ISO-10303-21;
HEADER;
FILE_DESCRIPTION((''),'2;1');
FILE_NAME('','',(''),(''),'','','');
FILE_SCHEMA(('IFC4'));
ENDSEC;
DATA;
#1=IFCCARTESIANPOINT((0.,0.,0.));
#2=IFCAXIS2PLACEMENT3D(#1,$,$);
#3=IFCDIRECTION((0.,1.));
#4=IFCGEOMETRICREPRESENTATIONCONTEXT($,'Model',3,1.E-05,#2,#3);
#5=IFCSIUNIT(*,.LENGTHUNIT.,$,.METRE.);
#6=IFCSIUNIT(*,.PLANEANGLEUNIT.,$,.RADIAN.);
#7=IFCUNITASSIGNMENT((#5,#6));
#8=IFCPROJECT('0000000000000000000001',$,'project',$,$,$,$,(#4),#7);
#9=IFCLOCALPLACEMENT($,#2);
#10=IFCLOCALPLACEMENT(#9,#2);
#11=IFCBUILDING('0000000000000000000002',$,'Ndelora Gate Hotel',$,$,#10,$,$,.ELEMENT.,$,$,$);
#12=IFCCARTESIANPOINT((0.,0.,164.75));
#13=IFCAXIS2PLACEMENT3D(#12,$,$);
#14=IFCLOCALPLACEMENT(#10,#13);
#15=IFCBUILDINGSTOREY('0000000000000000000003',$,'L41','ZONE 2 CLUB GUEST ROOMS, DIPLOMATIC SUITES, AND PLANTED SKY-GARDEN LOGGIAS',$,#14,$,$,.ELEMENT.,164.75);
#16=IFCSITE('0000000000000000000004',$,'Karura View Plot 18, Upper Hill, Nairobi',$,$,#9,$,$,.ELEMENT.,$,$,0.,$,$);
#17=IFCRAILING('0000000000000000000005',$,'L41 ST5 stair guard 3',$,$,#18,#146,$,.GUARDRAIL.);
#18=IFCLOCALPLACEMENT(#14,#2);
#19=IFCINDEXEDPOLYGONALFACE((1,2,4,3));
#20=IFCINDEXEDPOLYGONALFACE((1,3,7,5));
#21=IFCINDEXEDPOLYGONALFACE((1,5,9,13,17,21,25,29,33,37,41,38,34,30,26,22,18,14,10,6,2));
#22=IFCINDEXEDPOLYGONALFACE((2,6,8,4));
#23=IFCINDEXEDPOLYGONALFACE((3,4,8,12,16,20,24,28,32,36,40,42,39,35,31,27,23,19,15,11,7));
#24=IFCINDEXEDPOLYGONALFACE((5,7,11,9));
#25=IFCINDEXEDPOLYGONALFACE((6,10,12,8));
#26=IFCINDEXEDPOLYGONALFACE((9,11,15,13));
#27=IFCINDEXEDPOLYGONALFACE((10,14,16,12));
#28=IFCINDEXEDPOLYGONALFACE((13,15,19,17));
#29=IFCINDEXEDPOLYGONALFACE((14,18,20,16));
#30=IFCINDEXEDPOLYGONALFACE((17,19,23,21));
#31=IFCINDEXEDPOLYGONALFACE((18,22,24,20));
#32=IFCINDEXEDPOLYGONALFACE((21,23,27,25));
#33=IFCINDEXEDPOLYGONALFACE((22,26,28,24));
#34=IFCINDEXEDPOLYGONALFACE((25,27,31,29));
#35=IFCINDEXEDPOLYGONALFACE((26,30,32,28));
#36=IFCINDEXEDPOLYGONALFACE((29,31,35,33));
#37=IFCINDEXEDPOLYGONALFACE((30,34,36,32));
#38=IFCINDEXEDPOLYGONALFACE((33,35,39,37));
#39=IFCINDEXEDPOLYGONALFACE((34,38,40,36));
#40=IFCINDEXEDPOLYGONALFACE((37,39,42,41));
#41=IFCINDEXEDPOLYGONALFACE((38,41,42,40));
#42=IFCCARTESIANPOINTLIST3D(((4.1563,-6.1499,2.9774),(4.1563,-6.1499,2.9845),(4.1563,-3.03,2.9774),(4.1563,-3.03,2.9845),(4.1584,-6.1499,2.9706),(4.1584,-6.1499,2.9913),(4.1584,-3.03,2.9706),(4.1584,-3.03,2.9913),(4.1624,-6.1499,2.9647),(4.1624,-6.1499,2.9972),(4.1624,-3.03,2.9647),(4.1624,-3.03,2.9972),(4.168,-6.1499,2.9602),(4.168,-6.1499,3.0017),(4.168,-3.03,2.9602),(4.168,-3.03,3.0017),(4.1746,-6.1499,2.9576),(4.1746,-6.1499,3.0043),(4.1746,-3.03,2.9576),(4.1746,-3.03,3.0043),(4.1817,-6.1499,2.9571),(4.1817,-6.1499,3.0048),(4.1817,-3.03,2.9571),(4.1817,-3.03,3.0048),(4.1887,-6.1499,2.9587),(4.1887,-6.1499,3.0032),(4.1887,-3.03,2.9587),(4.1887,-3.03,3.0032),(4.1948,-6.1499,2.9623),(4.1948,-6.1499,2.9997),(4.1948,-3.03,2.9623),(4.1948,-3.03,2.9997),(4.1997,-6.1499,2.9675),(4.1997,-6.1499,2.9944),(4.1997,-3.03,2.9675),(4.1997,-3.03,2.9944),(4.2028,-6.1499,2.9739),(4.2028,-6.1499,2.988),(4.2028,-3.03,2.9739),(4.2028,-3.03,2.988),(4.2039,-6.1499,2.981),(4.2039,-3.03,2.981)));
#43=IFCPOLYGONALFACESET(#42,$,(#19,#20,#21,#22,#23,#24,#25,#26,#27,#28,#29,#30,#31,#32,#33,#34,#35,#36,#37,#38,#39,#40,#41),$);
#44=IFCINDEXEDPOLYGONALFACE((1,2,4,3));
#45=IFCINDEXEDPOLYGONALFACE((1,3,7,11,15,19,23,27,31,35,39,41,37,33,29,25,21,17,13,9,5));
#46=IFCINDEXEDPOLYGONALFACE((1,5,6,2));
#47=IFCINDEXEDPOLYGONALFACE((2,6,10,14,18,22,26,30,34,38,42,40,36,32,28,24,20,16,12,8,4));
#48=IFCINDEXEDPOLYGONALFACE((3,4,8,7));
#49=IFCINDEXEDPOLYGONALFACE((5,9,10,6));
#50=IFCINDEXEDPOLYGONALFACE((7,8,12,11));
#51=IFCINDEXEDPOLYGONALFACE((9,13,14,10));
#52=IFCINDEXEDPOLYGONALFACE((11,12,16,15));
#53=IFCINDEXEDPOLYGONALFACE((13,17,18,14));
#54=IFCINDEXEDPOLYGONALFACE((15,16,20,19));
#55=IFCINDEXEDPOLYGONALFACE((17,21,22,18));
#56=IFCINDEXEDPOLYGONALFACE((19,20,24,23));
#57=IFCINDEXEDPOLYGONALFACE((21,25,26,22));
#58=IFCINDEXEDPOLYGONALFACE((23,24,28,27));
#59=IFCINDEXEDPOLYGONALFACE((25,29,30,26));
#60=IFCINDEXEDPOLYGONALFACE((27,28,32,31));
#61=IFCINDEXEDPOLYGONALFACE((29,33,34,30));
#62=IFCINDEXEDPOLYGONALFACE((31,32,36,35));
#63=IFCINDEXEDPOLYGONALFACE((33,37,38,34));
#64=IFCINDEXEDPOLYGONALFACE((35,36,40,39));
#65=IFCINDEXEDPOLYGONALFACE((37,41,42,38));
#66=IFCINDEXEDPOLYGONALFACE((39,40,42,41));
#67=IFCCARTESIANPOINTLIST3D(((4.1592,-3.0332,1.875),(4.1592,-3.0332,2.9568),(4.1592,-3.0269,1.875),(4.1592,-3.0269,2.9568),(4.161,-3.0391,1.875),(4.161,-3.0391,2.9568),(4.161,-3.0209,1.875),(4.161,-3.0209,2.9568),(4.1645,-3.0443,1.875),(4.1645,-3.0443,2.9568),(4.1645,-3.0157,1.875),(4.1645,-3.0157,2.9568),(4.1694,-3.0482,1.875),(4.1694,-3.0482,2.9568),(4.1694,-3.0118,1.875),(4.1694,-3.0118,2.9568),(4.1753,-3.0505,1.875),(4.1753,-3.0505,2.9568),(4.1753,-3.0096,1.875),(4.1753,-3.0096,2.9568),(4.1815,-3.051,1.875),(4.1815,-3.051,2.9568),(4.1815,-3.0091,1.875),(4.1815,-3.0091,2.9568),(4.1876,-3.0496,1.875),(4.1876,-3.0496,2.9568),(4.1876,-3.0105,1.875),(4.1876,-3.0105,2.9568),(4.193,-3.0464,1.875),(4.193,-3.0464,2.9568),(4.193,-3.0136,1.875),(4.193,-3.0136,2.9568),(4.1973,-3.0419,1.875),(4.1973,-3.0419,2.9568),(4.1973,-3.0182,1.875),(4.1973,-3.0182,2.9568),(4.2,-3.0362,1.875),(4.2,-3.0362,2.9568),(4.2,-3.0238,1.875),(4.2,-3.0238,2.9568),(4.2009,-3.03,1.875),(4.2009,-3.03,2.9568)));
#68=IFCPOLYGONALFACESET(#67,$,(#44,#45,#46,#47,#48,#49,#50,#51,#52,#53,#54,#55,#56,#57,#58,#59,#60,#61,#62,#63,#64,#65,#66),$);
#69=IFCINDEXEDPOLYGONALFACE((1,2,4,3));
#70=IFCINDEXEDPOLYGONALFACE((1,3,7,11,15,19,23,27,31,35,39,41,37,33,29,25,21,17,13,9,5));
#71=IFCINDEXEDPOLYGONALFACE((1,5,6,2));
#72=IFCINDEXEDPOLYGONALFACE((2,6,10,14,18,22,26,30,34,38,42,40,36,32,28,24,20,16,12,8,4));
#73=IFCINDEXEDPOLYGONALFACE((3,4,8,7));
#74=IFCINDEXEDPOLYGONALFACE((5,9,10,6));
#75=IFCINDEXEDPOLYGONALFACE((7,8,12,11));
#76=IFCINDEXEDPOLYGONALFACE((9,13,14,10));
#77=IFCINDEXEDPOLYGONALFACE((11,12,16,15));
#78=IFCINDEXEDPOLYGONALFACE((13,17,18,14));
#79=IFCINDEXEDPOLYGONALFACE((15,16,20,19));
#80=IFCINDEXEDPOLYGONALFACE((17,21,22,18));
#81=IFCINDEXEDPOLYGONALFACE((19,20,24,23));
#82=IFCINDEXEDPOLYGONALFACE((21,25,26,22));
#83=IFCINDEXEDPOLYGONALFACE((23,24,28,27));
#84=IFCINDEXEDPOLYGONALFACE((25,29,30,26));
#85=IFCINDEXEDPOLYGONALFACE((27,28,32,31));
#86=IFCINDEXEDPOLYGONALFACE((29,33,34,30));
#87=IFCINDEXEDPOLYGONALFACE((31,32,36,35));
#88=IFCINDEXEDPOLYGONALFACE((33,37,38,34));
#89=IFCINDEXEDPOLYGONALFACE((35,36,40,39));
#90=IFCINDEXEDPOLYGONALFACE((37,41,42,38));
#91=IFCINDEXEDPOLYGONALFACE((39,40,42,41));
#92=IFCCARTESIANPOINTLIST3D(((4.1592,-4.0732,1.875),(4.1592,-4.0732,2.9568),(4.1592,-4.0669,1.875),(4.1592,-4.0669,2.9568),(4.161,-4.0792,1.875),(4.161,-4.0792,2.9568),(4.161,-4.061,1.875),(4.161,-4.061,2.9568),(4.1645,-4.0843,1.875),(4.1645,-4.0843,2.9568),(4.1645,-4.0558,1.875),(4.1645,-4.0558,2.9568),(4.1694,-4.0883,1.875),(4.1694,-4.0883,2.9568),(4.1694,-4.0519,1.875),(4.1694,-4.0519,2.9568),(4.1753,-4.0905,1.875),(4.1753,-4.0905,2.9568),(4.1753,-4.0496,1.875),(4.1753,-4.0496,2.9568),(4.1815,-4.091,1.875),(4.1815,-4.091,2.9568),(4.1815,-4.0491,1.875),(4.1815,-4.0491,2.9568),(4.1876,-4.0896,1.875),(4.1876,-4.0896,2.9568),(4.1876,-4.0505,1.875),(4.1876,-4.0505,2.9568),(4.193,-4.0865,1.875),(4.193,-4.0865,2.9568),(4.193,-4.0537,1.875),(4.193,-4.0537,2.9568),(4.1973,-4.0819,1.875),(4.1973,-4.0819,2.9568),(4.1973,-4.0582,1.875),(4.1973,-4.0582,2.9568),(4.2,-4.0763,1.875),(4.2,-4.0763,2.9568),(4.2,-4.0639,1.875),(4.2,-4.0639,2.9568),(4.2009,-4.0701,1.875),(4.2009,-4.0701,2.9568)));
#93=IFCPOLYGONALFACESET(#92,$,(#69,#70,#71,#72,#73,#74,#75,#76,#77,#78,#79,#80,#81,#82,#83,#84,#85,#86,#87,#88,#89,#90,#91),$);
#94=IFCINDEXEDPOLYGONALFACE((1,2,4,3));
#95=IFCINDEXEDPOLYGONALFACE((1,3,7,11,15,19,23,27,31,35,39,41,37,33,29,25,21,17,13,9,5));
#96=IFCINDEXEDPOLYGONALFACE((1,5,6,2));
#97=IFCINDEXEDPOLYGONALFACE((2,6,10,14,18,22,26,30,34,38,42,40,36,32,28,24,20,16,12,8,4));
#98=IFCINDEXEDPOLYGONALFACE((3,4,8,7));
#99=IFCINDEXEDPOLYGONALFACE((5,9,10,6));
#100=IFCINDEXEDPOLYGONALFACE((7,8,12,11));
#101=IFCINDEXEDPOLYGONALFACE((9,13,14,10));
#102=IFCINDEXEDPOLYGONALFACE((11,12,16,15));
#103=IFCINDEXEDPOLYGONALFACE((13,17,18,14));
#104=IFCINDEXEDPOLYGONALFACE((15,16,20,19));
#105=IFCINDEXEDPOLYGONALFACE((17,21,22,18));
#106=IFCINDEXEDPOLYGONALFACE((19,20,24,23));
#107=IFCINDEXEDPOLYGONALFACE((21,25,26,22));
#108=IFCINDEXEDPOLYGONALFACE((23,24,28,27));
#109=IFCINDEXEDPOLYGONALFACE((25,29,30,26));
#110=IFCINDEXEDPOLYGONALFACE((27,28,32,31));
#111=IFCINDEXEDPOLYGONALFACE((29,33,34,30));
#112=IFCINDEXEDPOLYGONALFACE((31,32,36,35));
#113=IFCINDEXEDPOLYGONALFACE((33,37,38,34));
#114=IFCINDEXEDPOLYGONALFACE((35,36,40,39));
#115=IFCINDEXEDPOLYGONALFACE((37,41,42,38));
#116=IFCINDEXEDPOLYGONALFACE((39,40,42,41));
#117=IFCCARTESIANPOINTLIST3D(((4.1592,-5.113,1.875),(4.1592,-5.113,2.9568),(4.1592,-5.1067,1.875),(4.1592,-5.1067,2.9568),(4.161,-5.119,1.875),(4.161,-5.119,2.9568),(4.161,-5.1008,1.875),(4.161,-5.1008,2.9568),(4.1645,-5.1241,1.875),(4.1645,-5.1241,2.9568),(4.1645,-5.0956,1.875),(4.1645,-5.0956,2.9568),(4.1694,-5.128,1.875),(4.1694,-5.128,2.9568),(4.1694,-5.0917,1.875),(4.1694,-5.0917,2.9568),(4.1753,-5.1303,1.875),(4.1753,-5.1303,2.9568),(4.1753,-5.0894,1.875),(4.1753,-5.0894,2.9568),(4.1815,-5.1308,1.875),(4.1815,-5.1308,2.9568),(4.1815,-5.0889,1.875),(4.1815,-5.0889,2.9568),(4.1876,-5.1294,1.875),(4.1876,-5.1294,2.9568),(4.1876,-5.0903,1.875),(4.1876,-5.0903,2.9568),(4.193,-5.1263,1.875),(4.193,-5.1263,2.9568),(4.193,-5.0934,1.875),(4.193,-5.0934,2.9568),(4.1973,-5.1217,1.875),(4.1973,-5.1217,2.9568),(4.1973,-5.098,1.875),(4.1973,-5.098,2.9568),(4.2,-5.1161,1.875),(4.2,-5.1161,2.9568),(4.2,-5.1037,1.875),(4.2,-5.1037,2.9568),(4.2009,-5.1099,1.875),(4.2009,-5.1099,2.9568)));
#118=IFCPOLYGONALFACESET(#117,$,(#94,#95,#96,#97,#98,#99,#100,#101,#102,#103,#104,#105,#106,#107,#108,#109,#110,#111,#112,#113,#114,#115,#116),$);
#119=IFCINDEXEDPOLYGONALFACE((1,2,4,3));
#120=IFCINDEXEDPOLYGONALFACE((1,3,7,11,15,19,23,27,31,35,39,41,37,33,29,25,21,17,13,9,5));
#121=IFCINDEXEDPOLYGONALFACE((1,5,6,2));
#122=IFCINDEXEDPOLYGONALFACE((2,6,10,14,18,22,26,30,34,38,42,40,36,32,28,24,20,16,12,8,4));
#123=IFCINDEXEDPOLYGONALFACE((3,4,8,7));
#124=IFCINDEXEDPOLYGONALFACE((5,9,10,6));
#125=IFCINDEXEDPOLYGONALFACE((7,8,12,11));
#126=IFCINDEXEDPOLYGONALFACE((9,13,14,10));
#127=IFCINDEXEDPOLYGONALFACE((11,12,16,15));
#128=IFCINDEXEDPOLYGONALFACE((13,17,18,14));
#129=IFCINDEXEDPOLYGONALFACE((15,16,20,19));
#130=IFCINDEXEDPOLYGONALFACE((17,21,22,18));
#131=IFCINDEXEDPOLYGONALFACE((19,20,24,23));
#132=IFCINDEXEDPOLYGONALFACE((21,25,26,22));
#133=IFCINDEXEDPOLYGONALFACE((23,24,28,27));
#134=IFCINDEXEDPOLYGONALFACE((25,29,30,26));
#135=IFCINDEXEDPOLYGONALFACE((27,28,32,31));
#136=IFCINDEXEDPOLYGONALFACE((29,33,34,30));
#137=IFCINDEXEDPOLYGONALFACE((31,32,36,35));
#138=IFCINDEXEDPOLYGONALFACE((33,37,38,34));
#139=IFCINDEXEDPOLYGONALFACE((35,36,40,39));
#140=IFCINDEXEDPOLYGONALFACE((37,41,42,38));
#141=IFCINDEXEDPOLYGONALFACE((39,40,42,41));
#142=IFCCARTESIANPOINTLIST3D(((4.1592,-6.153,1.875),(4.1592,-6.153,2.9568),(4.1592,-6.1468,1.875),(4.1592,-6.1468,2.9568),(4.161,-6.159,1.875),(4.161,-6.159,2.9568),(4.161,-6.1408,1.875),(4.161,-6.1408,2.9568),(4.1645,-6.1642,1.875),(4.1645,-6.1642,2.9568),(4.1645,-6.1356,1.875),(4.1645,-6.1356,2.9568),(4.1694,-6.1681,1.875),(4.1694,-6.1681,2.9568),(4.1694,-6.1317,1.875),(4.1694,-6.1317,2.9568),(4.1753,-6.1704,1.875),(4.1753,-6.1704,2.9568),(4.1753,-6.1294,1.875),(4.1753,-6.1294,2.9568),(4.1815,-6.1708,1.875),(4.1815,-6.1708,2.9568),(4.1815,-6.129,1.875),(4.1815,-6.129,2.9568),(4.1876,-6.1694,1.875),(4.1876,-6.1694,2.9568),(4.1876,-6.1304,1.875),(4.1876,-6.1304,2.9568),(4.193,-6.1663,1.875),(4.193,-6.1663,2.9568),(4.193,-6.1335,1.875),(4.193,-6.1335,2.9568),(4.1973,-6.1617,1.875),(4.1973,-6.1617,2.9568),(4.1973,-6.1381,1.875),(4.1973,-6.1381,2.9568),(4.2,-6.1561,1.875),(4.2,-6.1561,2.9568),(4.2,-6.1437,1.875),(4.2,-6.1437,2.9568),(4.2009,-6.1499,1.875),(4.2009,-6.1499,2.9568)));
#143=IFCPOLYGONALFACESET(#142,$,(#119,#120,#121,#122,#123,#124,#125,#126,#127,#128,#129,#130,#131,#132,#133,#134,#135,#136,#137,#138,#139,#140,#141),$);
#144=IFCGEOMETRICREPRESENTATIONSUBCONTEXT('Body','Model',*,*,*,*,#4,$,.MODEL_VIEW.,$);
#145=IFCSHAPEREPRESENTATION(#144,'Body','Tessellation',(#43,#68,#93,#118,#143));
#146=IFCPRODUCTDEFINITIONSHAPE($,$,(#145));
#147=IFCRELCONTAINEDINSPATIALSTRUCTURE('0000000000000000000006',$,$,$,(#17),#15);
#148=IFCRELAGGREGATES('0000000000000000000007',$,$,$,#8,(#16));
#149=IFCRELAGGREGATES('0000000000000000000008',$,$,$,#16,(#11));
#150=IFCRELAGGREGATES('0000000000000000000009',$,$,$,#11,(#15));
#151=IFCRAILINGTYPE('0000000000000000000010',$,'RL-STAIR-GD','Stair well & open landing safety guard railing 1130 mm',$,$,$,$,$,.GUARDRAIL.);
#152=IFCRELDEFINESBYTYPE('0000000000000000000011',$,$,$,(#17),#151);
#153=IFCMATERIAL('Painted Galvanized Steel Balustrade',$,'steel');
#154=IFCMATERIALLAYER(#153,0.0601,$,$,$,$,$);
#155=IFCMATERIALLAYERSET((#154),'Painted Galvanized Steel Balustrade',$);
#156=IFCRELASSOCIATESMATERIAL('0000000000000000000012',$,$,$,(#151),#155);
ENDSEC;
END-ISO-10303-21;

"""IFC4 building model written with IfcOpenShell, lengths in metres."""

from ifc_helpers import new_model, si_unit, direction, frame, origin, origin_2d, place, context, subcontext, project, spatial, circle, extrude, material, layer, layer_set, type_object, element, save


model = new_model("IFC4")

# Units and contexts
model_context = context("Model", 3, precision=1e-05, world=origin(), true_north=direction((0.0, 1.0)))
body_context = subcontext(model_context, "Body", "Model", "MODEL_VIEW")
ifc_project = project(units=[si_unit("LENGTHUNIT", "METRE"), si_unit("PLANEANGLEUNIT", "RADIAN")], contexts=[model_context])

# Site, building, storey
site_placement = place(None, origin())
site = spatial("IfcSite", under=ifc_project, at=site_placement, Name="Karura View Plot 18, Upper Hill, Nairobi", CompositionType="ELEMENT", RefElevation=0.0)
building_placement = place(site_placement, origin())
building = spatial("IfcBuilding", under=site, at=building_placement, Name="Ndelora Gate Hotel", CompositionType="ELEMENT")
storey_placement = place(building_placement, frame((0.0, 0.0, 164.75)))
storey = spatial("IfcBuildingStorey", under=building, at=storey_placement, Name="L41", Description="ZONE 2 CLUB GUEST ROOMS, DIPLOMATIC SUITES, AND PLANTED SKY-GARDEN LOGGIAS", CompositionType="ELEMENT", Elevation=164.75)

# Railing
ifc_material_1 = material(Name="Painted Galvanized Steel Balustrade", Category="steel")
ifc_layer_1 = layer(ifc_material_1, 0.0601)
ifc_layer_set_1 = layer_set([ifc_layer_1], Name="Painted Galvanized Steel Balustrade")
railing_type_1 = type_object("IfcRailingType", Name="RL-STAIR-GD", Description="Stair well & open landing safety guard railing 1130 mm", PredefinedType="GUARDRAIL", material=ifc_layer_set_1)
railing_1_placement = place(storey_placement, frame((4.1799, -3.03, 1.875)))
element("IfcRailing", 1, at=railing_1_placement, inside=storey, type_object=railing_type_1, Name="L41 ST5 stair guard 3", PredefinedType="GUARDRAIL", context=body_context, shape_type="SweptSolid", body=[
    extrude(circle(Radius=0.0239, at=origin_2d()), frame((0.0, 0.0, 1.106), z_axis=(0.0, -1.0, 0.0), x_axis=(1.0, 0.0, 0.0)), (0.0, 0.0, 1.0), 3.1199),
    extrude(circle(Radius=0.021, at=origin_2d()), origin(), (0.0, 0.0, 1.0), 1.0818),
    extrude(circle(Radius=0.021, at=origin_2d()), frame((0.0, -1.04, 0.0)), (0.0, 0.0, 1.0), 1.0818),
    extrude(circle(Radius=0.021, at=origin_2d()), frame((0.0, -2.0798, 0.0)), (0.0, 0.0, 1.0), 1.0818),
    extrude(circle(Radius=0.021, at=origin_2d()), frame((0.0, -3.1199, 0.0)), (0.0, 0.0, 1.0), 1.0818),
])

save(model, "model.ifc")
